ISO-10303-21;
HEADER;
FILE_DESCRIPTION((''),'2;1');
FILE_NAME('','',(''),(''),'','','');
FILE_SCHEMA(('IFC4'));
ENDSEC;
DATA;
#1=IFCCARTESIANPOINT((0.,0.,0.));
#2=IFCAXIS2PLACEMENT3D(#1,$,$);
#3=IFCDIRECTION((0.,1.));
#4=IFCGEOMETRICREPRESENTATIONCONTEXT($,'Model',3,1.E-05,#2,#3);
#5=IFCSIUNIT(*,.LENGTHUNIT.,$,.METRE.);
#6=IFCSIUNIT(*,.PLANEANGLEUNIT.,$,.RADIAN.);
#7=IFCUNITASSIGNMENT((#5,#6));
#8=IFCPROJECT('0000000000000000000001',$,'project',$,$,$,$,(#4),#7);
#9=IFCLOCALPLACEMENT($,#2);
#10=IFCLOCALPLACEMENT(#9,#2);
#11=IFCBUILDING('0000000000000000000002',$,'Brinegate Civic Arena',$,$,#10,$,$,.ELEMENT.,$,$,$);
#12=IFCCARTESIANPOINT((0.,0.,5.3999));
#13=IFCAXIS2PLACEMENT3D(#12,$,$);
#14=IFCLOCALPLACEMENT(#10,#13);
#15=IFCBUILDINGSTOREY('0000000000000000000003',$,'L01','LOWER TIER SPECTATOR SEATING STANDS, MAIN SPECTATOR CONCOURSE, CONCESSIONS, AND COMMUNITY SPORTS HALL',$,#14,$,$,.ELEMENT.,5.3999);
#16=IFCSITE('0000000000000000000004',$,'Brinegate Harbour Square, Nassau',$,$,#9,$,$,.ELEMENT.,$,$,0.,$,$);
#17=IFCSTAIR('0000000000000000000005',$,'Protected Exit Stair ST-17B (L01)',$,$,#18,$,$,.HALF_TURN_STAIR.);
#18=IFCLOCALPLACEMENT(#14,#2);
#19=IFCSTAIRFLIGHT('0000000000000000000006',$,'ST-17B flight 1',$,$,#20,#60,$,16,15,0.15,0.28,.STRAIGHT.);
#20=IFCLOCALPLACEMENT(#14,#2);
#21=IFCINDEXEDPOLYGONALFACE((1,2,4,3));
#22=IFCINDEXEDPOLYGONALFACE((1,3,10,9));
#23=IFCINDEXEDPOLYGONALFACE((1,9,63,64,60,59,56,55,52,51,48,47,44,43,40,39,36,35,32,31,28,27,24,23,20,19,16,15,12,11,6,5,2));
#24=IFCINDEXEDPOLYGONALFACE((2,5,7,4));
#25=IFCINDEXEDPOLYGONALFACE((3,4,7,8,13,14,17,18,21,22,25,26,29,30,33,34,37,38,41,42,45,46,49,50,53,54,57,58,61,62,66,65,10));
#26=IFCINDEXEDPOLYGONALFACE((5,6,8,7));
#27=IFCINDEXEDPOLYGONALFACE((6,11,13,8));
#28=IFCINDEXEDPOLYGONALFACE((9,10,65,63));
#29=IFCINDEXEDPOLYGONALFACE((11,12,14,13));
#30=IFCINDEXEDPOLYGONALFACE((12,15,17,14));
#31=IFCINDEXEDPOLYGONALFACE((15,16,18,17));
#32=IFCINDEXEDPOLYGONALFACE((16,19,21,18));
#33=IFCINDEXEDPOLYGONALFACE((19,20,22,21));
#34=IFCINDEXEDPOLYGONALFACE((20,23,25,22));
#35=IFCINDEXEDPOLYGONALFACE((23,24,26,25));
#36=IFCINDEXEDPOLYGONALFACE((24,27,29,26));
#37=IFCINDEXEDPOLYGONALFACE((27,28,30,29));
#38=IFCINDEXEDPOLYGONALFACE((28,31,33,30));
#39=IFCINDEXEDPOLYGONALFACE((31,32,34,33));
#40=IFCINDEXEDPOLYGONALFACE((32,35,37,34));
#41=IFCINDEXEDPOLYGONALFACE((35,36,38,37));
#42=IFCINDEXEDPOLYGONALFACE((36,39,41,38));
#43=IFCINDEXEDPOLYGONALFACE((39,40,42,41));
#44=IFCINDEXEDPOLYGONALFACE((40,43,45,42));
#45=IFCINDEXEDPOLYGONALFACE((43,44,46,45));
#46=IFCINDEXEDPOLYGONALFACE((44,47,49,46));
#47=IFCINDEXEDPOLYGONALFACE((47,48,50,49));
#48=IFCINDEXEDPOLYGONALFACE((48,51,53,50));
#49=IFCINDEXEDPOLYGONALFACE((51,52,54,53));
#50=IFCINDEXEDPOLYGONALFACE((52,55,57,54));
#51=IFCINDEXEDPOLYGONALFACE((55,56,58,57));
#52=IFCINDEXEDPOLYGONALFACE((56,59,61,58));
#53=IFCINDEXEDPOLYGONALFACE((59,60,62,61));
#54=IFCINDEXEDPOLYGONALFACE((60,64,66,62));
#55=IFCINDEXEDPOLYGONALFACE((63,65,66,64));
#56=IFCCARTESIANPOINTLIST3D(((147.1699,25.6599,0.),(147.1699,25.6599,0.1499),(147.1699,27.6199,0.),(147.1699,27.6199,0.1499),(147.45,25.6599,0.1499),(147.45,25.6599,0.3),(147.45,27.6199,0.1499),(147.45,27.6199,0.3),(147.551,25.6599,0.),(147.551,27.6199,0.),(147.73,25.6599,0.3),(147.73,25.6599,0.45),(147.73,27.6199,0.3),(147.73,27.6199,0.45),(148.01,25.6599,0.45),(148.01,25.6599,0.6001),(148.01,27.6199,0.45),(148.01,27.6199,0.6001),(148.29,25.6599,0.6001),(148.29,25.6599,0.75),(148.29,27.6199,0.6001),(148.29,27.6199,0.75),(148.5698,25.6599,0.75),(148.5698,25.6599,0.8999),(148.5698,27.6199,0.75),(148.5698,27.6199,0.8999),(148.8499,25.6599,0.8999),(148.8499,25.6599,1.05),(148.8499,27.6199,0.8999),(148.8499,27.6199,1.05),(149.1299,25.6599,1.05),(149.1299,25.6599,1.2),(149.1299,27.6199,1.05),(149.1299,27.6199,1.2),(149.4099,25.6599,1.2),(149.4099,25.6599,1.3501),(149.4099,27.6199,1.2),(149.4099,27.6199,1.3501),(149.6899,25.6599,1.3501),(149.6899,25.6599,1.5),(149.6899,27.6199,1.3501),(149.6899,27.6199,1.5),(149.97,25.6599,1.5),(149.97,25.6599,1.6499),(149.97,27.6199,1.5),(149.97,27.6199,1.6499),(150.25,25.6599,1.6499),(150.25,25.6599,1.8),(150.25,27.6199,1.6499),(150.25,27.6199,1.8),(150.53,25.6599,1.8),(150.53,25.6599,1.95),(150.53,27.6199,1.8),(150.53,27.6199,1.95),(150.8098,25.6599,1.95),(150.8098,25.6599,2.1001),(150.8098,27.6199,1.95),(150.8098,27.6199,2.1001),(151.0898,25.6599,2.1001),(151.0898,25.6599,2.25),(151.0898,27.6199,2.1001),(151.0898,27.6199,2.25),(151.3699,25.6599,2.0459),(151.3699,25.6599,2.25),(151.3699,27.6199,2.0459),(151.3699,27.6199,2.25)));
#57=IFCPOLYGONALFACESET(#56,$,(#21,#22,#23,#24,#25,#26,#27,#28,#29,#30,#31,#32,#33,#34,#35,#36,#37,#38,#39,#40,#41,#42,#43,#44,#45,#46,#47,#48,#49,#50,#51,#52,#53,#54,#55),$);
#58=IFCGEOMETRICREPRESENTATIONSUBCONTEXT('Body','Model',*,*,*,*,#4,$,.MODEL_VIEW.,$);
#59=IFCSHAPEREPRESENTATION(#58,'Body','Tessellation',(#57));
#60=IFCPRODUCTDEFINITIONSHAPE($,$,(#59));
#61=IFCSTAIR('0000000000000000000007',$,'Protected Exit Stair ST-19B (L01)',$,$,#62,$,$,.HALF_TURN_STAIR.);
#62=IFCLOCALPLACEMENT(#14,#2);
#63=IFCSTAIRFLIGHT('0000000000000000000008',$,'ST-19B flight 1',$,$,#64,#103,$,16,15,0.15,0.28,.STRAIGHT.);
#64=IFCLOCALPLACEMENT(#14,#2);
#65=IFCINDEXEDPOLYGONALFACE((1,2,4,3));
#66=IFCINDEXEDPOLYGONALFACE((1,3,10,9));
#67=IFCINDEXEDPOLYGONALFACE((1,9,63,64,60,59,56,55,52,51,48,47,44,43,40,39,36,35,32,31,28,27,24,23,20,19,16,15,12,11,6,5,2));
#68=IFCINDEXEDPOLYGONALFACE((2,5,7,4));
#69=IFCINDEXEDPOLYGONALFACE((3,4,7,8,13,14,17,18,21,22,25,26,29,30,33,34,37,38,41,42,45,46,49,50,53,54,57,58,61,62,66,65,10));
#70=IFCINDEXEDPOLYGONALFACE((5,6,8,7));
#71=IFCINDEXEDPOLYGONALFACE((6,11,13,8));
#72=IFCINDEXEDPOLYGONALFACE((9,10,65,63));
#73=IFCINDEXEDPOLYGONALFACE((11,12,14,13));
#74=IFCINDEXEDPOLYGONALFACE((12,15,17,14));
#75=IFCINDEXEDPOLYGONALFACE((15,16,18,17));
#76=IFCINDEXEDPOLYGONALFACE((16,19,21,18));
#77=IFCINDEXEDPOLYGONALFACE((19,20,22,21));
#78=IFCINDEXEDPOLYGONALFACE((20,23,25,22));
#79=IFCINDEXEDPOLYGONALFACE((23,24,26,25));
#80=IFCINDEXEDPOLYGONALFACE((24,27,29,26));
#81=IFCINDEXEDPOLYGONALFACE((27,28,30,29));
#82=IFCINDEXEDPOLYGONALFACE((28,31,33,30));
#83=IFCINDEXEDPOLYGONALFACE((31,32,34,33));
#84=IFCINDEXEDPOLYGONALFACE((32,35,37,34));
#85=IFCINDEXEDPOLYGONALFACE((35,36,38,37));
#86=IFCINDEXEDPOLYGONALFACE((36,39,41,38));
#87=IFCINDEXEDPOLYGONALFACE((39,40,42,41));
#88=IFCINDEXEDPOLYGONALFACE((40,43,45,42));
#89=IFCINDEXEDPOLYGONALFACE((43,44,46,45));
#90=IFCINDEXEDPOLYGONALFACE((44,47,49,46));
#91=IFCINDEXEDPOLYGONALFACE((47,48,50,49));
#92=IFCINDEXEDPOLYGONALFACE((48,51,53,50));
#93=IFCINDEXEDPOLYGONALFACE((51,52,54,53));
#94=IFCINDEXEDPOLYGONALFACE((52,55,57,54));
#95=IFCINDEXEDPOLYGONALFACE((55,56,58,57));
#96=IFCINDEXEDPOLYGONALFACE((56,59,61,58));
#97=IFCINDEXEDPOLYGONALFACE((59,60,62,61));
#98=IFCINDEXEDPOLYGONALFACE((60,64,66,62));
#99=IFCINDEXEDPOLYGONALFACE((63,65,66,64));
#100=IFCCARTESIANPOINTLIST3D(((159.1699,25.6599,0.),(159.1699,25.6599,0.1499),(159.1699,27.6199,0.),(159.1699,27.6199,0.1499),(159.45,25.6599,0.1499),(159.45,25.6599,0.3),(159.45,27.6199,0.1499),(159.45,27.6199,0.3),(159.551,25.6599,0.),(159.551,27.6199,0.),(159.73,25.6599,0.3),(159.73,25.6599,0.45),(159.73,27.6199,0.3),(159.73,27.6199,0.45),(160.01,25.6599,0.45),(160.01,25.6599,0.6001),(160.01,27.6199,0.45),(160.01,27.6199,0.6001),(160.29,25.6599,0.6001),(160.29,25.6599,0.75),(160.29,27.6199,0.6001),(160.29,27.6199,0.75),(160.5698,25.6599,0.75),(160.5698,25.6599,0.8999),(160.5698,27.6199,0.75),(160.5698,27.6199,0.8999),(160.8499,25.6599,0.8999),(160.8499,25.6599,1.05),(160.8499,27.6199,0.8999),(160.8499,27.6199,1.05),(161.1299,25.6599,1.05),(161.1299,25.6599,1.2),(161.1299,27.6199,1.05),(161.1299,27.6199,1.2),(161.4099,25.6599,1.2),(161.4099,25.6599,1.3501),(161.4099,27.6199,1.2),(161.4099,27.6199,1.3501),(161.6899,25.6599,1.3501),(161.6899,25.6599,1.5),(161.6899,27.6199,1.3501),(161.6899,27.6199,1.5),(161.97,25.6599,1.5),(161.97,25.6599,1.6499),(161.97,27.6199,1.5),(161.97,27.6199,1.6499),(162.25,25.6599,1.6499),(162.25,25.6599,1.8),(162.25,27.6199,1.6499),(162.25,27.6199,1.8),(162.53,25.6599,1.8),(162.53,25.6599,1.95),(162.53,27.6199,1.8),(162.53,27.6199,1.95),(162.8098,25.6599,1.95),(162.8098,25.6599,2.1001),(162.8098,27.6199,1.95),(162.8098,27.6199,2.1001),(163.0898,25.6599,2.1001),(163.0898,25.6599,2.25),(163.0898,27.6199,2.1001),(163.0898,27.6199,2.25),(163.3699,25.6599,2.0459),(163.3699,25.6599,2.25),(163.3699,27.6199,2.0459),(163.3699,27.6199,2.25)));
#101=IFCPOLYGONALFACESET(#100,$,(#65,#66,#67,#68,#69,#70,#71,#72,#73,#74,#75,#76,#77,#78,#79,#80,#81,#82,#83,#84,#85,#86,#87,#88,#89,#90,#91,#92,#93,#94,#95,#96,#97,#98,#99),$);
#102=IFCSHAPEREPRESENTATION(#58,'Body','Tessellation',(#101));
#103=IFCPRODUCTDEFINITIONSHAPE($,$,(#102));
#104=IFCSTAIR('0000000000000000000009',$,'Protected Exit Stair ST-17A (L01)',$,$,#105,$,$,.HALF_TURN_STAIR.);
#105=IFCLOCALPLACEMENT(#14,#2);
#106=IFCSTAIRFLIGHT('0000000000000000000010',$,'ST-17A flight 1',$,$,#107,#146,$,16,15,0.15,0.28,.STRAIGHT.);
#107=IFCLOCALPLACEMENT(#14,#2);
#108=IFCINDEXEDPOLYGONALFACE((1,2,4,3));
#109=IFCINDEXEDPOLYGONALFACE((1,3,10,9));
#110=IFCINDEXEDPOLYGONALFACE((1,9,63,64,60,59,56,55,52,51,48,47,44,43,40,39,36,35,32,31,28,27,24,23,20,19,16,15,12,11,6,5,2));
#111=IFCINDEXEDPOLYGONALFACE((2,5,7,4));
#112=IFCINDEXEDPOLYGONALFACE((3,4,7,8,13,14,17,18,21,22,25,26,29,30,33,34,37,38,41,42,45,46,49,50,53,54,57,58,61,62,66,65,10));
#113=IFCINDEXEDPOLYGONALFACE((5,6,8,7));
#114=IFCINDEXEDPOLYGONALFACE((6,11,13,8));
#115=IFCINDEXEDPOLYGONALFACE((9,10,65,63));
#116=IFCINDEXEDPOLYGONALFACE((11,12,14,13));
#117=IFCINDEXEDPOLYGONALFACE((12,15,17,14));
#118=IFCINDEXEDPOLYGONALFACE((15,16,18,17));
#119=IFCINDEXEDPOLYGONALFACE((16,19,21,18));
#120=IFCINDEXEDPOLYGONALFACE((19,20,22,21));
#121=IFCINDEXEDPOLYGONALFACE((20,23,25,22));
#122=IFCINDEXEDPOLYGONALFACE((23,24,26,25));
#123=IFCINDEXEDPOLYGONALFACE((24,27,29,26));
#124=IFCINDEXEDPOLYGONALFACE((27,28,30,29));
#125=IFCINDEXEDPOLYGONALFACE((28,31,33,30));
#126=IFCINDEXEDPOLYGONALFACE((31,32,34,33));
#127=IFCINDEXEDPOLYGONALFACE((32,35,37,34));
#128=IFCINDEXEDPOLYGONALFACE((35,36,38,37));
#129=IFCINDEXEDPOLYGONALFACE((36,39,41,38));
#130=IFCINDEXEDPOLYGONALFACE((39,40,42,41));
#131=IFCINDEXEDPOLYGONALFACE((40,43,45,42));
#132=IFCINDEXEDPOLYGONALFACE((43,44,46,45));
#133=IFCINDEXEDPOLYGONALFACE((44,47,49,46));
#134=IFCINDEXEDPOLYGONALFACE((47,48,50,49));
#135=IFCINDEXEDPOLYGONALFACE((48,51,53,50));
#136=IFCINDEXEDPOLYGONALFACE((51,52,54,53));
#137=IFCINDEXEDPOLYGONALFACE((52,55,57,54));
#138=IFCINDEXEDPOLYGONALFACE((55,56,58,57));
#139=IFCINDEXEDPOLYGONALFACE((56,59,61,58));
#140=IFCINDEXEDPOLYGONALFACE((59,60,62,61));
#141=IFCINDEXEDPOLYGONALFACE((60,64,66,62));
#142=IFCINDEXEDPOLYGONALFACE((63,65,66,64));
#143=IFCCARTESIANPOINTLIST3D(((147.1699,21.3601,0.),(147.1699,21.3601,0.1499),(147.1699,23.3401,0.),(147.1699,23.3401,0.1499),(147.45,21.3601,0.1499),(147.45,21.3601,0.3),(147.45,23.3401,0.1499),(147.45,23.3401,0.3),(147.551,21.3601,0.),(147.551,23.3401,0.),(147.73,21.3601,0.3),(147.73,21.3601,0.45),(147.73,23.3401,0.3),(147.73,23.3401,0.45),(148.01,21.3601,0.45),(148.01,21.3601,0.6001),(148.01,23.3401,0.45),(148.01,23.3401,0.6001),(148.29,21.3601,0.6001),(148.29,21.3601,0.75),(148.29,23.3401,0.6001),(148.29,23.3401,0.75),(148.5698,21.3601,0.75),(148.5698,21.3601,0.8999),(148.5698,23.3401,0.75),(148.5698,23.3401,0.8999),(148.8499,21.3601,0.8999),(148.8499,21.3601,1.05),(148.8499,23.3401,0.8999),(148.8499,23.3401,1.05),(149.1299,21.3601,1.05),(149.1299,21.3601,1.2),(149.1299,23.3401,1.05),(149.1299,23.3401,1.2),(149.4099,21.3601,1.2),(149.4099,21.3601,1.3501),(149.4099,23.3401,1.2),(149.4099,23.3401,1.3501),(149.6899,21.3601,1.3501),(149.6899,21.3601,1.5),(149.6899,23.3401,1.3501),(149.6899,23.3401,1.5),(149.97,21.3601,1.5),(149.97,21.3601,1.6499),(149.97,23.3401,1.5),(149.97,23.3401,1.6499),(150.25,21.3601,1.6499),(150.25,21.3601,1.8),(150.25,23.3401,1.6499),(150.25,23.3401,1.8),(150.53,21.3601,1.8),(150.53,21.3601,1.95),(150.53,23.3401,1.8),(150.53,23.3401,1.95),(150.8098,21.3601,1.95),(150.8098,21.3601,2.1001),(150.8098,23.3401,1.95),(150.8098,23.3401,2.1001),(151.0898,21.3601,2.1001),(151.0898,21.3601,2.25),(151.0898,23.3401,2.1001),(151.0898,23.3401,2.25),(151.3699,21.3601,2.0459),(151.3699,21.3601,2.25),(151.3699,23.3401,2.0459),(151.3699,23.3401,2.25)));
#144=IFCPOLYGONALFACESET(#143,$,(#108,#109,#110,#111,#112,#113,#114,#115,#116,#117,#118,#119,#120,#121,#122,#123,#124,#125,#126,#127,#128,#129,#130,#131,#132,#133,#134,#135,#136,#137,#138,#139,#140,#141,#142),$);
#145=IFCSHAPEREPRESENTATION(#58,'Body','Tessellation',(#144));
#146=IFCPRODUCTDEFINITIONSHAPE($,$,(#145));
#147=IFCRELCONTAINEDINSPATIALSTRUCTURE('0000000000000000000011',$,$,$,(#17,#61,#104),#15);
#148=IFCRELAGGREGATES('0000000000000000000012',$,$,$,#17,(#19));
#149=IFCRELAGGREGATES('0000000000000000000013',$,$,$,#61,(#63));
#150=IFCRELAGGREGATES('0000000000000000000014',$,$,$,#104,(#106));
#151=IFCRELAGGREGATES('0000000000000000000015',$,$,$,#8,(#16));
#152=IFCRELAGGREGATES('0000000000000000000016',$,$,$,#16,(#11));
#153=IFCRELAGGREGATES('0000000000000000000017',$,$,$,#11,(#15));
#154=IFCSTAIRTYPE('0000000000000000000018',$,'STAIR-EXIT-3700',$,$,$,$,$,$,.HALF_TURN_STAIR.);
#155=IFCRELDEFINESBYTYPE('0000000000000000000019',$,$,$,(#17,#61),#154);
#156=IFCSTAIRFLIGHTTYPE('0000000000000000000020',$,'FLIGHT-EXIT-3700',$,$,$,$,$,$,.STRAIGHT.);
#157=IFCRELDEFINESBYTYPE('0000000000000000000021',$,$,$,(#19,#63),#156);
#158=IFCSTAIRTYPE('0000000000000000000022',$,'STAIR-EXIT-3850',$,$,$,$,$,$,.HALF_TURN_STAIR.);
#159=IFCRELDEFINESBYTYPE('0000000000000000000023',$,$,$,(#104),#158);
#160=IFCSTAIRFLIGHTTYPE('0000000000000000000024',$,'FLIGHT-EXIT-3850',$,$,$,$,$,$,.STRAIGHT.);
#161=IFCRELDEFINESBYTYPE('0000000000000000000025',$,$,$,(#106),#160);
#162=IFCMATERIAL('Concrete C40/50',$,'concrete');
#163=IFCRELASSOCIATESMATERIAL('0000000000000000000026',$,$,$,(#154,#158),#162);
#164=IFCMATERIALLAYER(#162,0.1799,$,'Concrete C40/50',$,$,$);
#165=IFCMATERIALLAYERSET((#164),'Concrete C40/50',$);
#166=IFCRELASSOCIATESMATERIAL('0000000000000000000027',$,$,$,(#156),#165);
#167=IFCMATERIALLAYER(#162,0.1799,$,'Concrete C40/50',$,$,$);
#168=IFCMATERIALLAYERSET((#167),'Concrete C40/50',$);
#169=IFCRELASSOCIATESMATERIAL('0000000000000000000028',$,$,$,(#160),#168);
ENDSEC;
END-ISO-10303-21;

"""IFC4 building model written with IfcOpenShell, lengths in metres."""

from ifc_helpers import new_model, si_unit, direction, frame, origin, place, context, subcontext, project, spatial, polyline, outline, extrude, material, layer, layer_set, type_object, element, aggregate, save


model = new_model("IFC4")

# Units and contexts
model_context = context("Model", 3, precision=1e-05, world=origin(), true_north=direction((0.0, 1.0)))
body_context = subcontext(model_context, "Body", "Model", "MODEL_VIEW")
ifc_project = project(units=[si_unit("LENGTHUNIT", "METRE"), si_unit("PLANEANGLEUNIT", "RADIAN")], contexts=[model_context])

# Site, building, storey
site_placement = place(None, origin())
site = spatial("IfcSite", under=ifc_project, at=site_placement, Name="Brinegate Harbour Square, Nassau", CompositionType="ELEMENT", RefElevation=0.0)
building_placement = place(site_placement, origin())
building = spatial("IfcBuilding", under=site, at=building_placement, Name="Brinegate Civic Arena", CompositionType="ELEMENT")
storey_placement = place(building_placement, frame((0.0, 0.0, 5.3999)))
storey = spatial("IfcBuildingStorey", under=building, at=storey_placement, Name="L01", Description="LOWER TIER SPECTATOR SEATING STANDS, MAIN SPECTATOR CONCOURSE, CONCESSIONS, AND COMMUNITY SPORTS HALL", CompositionType="ELEMENT", Elevation=5.3999)

# Stairs, stair flights
ifc_material_1 = material(Name="Concrete C40/50", Category="concrete")
stair_type_1 = type_object("IfcStairType", Name="STAIR-EXIT-3700", PredefinedType="HALF_TURN_STAIR", material=ifc_material_1)
stair_1_placement = place(storey_placement, origin())
stair_1 = element("IfcStair", 1, at=stair_1_placement, inside=storey, type_object=stair_type_1, Name="Protected Exit Stair ST-17B (L01)", PredefinedType="HALF_TURN_STAIR")
ifc_layer_1 = layer(ifc_material_1, 0.1799, Name="Concrete C40/50")
ifc_layer_set_1 = layer_set([ifc_layer_1], Name="Concrete C40/50")
stair_flight_type_1 = type_object("IfcStairFlightType", Name="FLIGHT-EXIT-3700", PredefinedType="STRAIGHT", material=ifc_layer_set_1)
stair_flight_1_placement = place(storey_placement, frame((147.1699, 26.6399, 0.0), z_axis=(0.0, 0.0, 1.0), x_axis=(1.0, 0.0, 0.0)))
stair_flight_1 = element("IfcStairFlight", 2, at=stair_flight_1_placement, type_object=stair_flight_type_1, Name="ST-17B flight 1", NumberOfRisers=16, NumberOfTreads=15, PredefinedType="STRAIGHT", RiserHeight=0.15, TreadLength=0.28, context=body_context, shape_type="SweptSolid", body=[
    extrude(outline(polyline([(0.0, 0.0), (0.0, 0.1499), (0.28, 0.1499), (0.28, 0.3), (0.5601, 0.3), (0.5601, 0.45), (0.8401, 0.45), (0.8401, 0.6001), (1.1201, 0.6001), (1.1201, 0.75), (1.3999, 0.75), (1.3999, 0.8999), (1.6799, 0.8999), (1.6799, 1.05), (1.96, 1.05), (1.96, 1.2), (2.24, 1.2), (2.24, 1.3501), (2.52, 1.3501), (2.52, 1.5), (2.8, 1.5), (2.8, 1.6499), (3.0801, 1.6499), (3.0801, 1.8), (3.3601, 1.8), (3.3601, 1.95), (3.6399, 1.95), (3.6399, 2.1001), (3.9199, 2.1001), (3.9199, 2.25), (4.2, 2.25), (4.2, 2.3999), (4.2, 2.0459), (0.3811, 0.0), (0.0, 0.0)])), frame((0.0, 0.98, 0.0), z_axis=(0.0, -1.0, 0.0), x_axis=(1.0, 0.0, 0.0)), (0.0, 0.0, 1.0), 1.96),
])
aggregate(stair_1, [stair_flight_1])
stair_2_placement = place(storey_placement, origin())
stair_2 = element("IfcStair", 3, at=stair_2_placement, inside=storey, type_object=stair_type_1, Name="Protected Exit Stair ST-19B (L01)", PredefinedType="HALF_TURN_STAIR")
stair_flight_2_placement = place(storey_placement, frame((159.1699, 26.6399, 0.0), z_axis=(0.0, 0.0, 1.0), x_axis=(1.0, 0.0, 0.0)))
stair_flight_2 = element("IfcStairFlight", 4, at=stair_flight_2_placement, type_object=stair_flight_type_1, Name="ST-19B flight 1", NumberOfRisers=16, NumberOfTreads=15, PredefinedType="STRAIGHT", RiserHeight=0.15, TreadLength=0.28, context=body_context, shape_type="SweptSolid", body=[
    extrude(outline(polyline([(0.0, 0.0), (0.0, 0.1499), (0.28, 0.1499), (0.28, 0.3), (0.5601, 0.3), (0.5601, 0.45), (0.8401, 0.45), (0.8401, 0.6001), (1.1201, 0.6001), (1.1201, 0.75), (1.3999, 0.75), (1.3999, 0.8999), (1.6799, 0.8999), (1.6799, 1.05), (1.96, 1.05), (1.96, 1.2), (2.24, 1.2), (2.24, 1.3501), (2.52, 1.3501), (2.52, 1.5), (2.8, 1.5), (2.8, 1.6499), (3.0801, 1.6499), (3.0801, 1.8), (3.3601, 1.8), (3.3601, 1.95), (3.6399, 1.95), (3.6399, 2.1001), (3.9199, 2.1001), (3.9199, 2.25), (4.2, 2.25), (4.2, 2.3999), (4.2, 2.0459), (0.3811, 0.0), (0.0, 0.0)])), frame((0.0, 0.98, 0.0), z_axis=(0.0, -1.0, 0.0), x_axis=(1.0, 0.0, 0.0)), (0.0, 0.0, 1.0), 1.96),
])
aggregate(stair_2, [stair_flight_2])

# Stair, stair flight
stair_type_2 = type_object("IfcStairType", Name="STAIR-EXIT-3850", PredefinedType="HALF_TURN_STAIR", material=ifc_material_1)
stair_3_placement = place(storey_placement, origin())
stair_3 = element("IfcStair", 5, at=stair_3_placement, inside=storey, type_object=stair_type_2, Name="Protected Exit Stair ST-17A (L01)", PredefinedType="HALF_TURN_STAIR")
ifc_layer_2 = layer(ifc_material_1, 0.1799, Name="Concrete C40/50")
ifc_layer_set_2 = layer_set([ifc_layer_2], Name="Concrete C40/50")
stair_flight_type_2 = type_object("IfcStairFlightType", Name="FLIGHT-EXIT-3850", PredefinedType="STRAIGHT", material=ifc_layer_set_2)
stair_flight_3_placement = place(storey_placement, frame((147.1699, 22.3501, 0.0), z_axis=(0.0, 0.0, 1.0), x_axis=(1.0, 0.0, 0.0)))
stair_flight_3 = element("IfcStairFlight", 6, at=stair_flight_3_placement, type_object=stair_flight_type_2, Name="ST-17A flight 1", NumberOfRisers=16, NumberOfTreads=15, PredefinedType="STRAIGHT", RiserHeight=0.15, TreadLength=0.28, context=body_context, shape_type="SweptSolid", body=[
    extrude(outline(polyline([(0.0, 0.0), (0.0, 0.1499), (0.28, 0.1499), (0.28, 0.3), (0.5601, 0.3), (0.5601, 0.45), (0.8401, 0.45), (0.8401, 0.6001), (1.1201, 0.6001), (1.1201, 0.75), (1.3999, 0.75), (1.3999, 0.8999), (1.6799, 0.8999), (1.6799, 1.05), (1.96, 1.05), (1.96, 1.2), (2.24, 1.2), (2.24, 1.3501), (2.52, 1.3501), (2.52, 1.5), (2.8, 1.5), (2.8, 1.6499), (3.0801, 1.6499), (3.0801, 1.8), (3.3601, 1.8), (3.3601, 1.95), (3.6399, 1.95), (3.6399, 2.1001), (3.9199, 2.1001), (3.9199, 2.25), (4.2, 2.25), (4.2, 2.3999), (4.2, 2.0459), (0.3811, 0.0), (0.0, 0.0)])), frame((0.0, 0.99, 0.0), z_axis=(0.0, -1.0, 0.0), x_axis=(1.0, 0.0, 0.0)), (0.0, 0.0, 1.0), 1.98),
])
aggregate(stair_3, [stair_flight_3])

save(model, "model.ifc")
